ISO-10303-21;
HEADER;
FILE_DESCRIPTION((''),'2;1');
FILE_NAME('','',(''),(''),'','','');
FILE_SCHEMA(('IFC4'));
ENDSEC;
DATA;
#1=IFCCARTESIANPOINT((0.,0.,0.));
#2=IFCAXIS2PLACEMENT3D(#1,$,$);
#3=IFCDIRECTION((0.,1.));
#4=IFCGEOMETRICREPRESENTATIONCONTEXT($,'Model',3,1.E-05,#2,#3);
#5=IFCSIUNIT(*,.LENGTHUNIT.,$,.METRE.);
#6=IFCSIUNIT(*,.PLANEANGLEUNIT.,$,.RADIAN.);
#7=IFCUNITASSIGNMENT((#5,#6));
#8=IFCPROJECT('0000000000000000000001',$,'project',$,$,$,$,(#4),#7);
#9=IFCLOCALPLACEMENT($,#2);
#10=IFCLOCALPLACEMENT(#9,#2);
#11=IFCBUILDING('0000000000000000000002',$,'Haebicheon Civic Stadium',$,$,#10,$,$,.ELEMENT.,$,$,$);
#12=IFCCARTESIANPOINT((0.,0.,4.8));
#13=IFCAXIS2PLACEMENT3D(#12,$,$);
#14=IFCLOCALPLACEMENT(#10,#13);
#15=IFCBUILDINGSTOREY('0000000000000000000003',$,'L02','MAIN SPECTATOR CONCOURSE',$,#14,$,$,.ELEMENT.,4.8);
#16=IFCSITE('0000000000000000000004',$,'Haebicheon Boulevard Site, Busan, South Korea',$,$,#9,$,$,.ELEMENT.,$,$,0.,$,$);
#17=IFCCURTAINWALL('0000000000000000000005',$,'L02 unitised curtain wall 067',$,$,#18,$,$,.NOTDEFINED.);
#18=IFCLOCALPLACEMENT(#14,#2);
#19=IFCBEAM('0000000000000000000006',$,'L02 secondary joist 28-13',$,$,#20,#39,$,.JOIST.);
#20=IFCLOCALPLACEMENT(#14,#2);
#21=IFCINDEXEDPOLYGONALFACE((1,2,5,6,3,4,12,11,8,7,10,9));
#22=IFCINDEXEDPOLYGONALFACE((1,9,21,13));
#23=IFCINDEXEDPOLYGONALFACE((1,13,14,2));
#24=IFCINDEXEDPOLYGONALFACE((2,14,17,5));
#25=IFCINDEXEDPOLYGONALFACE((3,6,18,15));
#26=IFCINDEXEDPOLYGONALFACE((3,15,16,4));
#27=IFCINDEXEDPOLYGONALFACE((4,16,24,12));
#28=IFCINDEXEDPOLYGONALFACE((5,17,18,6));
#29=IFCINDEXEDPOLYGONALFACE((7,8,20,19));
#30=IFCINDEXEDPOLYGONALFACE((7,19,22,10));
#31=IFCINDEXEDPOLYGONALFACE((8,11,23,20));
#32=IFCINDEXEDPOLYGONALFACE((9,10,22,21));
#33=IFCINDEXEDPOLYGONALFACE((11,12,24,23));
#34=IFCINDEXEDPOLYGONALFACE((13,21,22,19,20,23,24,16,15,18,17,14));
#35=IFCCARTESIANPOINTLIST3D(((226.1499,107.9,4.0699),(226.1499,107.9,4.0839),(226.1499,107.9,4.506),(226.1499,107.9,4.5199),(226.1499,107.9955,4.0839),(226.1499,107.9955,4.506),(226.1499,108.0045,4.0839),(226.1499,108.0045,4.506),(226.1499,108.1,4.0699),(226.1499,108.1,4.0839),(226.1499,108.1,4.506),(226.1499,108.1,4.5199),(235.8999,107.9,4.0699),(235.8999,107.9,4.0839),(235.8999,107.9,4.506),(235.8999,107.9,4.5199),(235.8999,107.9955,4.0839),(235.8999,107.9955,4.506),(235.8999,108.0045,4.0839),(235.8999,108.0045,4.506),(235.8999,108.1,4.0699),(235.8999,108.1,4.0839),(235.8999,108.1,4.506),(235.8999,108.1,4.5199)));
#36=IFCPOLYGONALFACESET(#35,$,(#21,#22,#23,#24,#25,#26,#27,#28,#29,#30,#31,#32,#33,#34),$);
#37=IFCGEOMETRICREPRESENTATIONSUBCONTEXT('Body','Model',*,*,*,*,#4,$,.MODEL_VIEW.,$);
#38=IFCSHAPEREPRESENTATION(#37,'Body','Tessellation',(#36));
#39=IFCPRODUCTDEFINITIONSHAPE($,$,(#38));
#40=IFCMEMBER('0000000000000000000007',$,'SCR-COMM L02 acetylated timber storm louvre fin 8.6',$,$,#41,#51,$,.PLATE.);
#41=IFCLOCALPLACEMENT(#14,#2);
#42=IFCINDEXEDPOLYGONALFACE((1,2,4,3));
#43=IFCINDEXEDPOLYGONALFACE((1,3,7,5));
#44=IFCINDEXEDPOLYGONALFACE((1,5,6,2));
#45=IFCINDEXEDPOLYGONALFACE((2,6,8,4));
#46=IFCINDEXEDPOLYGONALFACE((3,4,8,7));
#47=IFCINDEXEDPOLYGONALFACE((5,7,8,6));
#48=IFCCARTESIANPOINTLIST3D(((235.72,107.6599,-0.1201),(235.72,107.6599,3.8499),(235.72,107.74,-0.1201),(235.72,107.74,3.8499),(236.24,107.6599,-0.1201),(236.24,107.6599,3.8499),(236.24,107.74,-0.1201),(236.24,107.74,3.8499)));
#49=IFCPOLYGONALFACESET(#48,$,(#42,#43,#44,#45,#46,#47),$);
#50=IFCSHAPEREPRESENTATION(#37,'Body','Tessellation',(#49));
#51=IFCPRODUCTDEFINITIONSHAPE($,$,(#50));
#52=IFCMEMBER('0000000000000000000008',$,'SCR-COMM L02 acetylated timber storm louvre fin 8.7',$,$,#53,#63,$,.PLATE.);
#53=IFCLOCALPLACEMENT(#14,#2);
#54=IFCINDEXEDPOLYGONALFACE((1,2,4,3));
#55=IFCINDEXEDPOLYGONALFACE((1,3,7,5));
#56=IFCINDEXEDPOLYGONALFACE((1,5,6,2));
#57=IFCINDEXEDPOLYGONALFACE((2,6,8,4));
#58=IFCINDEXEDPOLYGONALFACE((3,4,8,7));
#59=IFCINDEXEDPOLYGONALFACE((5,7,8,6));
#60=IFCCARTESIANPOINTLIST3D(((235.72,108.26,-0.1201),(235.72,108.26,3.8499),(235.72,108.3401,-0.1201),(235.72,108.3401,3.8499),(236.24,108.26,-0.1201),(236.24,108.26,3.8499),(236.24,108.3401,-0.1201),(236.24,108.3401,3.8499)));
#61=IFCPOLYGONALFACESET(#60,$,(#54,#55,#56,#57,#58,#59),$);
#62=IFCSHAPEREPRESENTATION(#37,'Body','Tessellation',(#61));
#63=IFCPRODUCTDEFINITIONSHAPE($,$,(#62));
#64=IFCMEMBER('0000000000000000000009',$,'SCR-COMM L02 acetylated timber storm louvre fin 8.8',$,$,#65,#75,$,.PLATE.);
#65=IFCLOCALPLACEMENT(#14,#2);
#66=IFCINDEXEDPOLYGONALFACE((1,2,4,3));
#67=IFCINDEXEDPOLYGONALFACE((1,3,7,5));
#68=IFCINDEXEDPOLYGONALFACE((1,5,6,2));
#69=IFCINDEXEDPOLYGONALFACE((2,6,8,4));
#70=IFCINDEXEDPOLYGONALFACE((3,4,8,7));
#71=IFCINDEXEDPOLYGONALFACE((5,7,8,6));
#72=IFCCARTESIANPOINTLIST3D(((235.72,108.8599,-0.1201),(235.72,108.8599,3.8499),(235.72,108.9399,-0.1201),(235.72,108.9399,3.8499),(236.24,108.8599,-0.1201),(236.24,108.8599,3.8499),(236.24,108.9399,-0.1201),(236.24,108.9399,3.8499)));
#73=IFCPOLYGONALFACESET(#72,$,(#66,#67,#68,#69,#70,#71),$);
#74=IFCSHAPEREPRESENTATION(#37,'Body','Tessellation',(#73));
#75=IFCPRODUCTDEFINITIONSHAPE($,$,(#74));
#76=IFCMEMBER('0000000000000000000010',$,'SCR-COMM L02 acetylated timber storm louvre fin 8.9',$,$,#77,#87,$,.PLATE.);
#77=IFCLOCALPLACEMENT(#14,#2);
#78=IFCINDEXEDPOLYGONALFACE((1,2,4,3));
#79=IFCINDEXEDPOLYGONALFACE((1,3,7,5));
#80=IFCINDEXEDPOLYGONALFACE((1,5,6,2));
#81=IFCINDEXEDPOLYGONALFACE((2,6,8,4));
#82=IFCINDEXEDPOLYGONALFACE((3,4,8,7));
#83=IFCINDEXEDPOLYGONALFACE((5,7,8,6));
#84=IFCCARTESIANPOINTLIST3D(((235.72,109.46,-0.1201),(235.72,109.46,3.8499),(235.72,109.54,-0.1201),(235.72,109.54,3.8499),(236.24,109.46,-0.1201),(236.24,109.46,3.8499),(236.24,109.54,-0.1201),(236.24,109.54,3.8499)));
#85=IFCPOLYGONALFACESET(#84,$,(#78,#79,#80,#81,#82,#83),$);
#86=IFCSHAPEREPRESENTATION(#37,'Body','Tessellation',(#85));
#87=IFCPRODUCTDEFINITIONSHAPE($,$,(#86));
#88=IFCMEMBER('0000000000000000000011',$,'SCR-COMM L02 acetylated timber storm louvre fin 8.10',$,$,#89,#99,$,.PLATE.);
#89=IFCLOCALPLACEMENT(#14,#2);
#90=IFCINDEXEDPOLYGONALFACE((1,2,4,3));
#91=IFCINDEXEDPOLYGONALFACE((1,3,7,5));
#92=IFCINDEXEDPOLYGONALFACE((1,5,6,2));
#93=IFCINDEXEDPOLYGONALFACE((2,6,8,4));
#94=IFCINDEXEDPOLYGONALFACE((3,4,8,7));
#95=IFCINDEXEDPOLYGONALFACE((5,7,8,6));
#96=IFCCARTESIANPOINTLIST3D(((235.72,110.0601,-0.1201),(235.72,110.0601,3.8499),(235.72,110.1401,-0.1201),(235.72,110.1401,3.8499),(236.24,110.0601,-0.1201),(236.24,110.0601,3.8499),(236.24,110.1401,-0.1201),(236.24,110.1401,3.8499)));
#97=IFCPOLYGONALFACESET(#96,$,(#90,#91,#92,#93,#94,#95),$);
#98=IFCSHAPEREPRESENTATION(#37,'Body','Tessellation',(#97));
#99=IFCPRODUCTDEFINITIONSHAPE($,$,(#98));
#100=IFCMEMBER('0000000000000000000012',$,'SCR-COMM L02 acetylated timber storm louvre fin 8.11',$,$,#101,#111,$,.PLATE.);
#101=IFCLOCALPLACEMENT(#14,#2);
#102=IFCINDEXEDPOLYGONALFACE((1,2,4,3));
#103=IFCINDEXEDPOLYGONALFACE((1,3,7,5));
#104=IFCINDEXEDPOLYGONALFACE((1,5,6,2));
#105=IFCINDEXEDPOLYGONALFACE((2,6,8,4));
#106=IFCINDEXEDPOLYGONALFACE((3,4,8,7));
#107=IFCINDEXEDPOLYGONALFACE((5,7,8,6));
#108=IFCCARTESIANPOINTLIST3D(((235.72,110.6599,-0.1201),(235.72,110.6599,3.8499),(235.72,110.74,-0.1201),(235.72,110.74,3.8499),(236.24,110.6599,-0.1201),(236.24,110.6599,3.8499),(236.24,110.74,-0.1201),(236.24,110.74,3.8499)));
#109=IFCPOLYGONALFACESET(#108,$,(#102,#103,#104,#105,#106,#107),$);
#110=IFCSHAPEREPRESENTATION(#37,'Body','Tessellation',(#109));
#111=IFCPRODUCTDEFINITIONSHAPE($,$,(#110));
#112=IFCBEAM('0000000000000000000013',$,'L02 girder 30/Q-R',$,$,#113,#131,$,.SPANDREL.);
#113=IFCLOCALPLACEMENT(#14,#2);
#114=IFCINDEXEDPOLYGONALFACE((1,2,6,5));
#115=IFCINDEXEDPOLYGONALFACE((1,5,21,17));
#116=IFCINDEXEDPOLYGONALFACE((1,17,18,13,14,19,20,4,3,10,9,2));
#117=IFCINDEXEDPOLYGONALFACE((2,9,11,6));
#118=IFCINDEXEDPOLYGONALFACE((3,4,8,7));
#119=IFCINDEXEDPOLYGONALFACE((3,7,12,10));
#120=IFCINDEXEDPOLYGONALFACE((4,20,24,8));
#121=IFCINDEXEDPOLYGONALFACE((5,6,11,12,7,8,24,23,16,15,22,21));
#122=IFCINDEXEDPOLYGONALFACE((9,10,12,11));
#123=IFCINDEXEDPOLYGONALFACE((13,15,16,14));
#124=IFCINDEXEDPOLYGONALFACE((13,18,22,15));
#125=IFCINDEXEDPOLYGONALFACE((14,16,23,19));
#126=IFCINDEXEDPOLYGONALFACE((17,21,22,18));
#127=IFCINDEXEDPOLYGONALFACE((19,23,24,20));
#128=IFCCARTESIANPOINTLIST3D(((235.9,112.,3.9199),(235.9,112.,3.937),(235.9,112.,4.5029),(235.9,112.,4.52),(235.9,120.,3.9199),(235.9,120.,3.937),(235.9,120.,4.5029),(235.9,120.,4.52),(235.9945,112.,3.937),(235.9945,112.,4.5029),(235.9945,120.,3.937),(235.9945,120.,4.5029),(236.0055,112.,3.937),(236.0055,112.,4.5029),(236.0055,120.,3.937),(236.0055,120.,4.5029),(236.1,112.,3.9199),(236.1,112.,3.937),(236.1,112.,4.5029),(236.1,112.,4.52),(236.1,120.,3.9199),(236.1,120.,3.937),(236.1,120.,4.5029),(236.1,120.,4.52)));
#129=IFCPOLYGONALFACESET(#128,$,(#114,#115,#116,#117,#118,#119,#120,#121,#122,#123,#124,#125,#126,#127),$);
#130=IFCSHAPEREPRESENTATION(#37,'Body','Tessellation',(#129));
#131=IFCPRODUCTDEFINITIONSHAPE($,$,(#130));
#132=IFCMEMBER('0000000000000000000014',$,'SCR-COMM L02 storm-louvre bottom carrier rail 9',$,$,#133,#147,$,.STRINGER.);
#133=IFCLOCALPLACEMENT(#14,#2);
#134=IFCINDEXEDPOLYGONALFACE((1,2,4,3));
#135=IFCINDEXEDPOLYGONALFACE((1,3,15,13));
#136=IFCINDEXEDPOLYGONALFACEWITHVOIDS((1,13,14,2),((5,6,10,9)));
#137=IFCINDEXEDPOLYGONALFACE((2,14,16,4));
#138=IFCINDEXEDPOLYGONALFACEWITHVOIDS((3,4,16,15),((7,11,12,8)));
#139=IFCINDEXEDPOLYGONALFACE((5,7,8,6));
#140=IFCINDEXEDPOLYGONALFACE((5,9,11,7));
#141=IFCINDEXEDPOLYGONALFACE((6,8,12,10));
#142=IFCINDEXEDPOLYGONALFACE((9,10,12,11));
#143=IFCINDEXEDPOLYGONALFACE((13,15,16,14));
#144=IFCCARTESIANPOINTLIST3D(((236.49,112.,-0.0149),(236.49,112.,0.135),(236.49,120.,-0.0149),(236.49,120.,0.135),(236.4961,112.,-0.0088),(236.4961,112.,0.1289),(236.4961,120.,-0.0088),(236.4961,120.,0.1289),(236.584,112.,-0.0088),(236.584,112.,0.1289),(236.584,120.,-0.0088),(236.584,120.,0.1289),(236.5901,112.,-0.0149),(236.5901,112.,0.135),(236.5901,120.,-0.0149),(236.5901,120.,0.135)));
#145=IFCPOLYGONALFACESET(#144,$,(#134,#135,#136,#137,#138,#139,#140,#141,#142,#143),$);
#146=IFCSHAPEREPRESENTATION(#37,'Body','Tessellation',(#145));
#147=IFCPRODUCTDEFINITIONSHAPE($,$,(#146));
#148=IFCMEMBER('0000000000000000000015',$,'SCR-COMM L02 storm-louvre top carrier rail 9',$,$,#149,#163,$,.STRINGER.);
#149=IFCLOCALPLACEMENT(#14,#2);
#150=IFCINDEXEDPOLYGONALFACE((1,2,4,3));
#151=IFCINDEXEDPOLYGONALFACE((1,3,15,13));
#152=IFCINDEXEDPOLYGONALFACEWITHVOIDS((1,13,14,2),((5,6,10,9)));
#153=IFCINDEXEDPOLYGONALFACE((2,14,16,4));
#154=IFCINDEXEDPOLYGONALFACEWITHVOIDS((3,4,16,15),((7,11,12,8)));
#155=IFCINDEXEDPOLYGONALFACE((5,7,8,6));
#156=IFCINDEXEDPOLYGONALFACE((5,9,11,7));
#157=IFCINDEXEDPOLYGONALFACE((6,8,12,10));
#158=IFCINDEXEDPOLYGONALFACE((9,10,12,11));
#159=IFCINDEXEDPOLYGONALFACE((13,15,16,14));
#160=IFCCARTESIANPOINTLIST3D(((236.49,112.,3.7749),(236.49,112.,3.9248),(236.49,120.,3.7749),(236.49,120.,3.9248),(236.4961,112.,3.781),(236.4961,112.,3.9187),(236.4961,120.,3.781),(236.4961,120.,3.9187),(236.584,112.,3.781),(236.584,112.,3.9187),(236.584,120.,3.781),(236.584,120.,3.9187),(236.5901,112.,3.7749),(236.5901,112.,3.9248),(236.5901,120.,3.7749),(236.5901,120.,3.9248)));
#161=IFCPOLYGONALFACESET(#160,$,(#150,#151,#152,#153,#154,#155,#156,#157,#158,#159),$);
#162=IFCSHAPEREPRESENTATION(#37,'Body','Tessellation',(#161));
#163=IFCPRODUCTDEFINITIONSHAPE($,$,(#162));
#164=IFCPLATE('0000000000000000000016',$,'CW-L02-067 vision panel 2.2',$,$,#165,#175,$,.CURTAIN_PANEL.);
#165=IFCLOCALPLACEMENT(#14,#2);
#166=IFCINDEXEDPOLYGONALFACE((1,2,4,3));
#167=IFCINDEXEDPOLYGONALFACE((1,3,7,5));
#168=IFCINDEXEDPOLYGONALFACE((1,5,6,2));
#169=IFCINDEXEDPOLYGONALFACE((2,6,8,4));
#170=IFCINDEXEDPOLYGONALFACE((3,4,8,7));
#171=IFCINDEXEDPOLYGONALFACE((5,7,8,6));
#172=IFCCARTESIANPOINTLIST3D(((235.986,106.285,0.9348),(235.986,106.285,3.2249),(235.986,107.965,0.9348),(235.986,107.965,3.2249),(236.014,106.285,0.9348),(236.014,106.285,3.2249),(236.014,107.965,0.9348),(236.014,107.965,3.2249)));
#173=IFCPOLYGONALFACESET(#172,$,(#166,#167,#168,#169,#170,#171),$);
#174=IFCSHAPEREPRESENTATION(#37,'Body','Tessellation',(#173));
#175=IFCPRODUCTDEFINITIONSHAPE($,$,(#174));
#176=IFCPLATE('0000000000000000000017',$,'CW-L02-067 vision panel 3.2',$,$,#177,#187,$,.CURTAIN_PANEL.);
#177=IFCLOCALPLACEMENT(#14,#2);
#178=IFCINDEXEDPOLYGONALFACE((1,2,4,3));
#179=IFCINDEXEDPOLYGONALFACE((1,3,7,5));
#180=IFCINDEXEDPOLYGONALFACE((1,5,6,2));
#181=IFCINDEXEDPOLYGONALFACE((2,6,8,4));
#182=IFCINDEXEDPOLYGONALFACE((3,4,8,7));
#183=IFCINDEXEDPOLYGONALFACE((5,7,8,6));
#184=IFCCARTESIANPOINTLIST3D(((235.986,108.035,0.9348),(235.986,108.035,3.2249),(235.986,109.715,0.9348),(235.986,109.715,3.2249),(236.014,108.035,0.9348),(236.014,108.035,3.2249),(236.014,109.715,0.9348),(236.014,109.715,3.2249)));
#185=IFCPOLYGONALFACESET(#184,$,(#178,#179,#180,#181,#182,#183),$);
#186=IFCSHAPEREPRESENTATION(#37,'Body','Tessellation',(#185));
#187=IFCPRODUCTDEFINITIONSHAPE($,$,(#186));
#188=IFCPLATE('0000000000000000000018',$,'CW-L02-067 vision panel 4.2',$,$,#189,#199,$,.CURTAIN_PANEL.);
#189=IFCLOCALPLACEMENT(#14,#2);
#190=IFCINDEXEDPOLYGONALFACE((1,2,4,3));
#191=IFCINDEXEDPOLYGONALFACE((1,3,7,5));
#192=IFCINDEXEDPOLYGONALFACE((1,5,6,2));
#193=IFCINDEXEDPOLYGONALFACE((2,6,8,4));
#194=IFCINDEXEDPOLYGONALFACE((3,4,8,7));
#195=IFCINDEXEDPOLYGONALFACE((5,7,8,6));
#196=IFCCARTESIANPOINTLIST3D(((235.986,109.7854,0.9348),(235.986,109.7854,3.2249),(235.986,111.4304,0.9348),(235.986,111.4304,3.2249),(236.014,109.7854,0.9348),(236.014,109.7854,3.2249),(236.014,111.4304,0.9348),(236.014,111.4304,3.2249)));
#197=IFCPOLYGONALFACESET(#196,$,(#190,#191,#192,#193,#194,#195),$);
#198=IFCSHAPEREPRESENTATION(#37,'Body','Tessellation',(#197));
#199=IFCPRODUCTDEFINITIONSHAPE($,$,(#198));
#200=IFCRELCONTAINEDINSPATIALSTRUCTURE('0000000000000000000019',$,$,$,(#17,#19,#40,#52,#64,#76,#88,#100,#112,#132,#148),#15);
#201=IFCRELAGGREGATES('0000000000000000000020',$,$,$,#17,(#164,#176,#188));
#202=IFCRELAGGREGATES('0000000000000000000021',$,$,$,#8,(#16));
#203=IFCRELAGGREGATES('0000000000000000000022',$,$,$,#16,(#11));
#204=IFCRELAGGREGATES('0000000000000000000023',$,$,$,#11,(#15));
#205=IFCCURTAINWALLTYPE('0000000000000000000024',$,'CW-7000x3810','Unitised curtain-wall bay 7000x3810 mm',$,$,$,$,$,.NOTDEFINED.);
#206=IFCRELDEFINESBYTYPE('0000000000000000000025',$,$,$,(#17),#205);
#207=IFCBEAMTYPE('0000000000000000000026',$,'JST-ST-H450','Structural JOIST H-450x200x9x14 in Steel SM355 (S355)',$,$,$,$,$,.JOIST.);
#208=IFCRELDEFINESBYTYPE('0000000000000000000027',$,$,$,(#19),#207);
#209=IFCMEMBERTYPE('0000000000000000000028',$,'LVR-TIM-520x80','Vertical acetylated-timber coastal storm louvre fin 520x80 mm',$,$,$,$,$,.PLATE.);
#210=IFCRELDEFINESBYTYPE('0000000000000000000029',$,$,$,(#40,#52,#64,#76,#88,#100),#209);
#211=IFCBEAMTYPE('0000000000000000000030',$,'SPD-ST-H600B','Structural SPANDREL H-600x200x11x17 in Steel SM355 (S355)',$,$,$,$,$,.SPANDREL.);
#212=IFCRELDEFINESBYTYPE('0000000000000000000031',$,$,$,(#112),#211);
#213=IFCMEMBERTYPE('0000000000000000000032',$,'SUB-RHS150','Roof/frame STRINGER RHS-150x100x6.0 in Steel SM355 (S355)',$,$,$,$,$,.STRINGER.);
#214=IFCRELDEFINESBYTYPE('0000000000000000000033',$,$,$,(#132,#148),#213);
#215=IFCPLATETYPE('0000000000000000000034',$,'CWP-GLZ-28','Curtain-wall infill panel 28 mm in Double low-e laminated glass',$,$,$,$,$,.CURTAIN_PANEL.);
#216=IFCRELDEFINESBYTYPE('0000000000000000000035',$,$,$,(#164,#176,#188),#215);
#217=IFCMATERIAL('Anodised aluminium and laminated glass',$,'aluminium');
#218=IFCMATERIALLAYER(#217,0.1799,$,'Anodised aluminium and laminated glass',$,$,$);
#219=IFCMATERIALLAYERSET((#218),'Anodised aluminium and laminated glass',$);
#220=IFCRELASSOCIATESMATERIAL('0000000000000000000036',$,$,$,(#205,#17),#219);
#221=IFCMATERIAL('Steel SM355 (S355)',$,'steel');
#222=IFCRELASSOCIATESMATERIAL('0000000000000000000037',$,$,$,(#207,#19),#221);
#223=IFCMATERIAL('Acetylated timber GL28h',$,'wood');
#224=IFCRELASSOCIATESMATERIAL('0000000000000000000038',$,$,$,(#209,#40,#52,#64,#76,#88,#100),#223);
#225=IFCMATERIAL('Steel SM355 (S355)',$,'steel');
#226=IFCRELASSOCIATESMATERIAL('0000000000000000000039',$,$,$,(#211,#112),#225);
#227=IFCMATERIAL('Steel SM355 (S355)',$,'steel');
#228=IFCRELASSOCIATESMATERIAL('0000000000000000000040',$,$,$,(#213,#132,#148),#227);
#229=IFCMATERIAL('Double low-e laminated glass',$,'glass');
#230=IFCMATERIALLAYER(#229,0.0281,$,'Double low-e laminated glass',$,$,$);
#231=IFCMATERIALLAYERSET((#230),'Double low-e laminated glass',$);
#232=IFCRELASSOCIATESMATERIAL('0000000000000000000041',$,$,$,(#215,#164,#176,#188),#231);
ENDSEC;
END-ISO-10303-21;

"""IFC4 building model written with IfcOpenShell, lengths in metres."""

from ifc_helpers import new_model, si_unit, direction, frame, origin, origin_2d, place, context, subcontext, project, spatial, rectangle, hollow_rectangle, i_section, extrude, material, layer, layer_set, material_profile, profile_set, type_object, element, aggregate, save


model = new_model("IFC4")

# Units and contexts
model_context = context("Model", 3, precision=1e-05, world=origin(), true_north=direction((0.0, 1.0)))
body_context = subcontext(model_context, "Body", "Model", "MODEL_VIEW")
ifc_project = project(units=[si_unit("LENGTHUNIT", "METRE"), si_unit("PLANEANGLEUNIT", "RADIAN")], contexts=[model_context])

# Site, building, storey
site_placement = place(None, origin())
site = spatial("IfcSite", under=ifc_project, at=site_placement, Name="Haebicheon Boulevard Site, Busan, South Korea", CompositionType="ELEMENT", RefElevation=0.0)
building_placement = place(site_placement, origin())
building = spatial("IfcBuilding", under=site, at=building_placement, Name="Haebicheon Civic Stadium", CompositionType="ELEMENT")
storey_placement = place(building_placement, frame((0.0, 0.0, 4.8)))
storey = spatial("IfcBuildingStorey", under=building, at=storey_placement, Name="L02", Description="MAIN SPECTATOR CONCOURSE", CompositionType="ELEMENT", Elevation=4.8)

# Curtain wall
ifc_material_1 = material(Name="Anodised aluminium and laminated glass", Category="aluminium")
ifc_layer_1 = layer(ifc_material_1, 0.1799, Name="Anodised aluminium and laminated glass")
ifc_layer_set_1 = layer_set([ifc_layer_1], Name="Anodised aluminium and laminated glass")
curtain_wall_type = type_object("IfcCurtainWallType", Name="CW-7000x3810", Description="Unitised curtain-wall bay 7000x3810 mm", PredefinedType="NOTDEFINED", material=ifc_layer_set_1)
curtain_wall_placement = place(storey_placement, origin())
curtain_wall = element("IfcCurtainWall", 1, at=curtain_wall_placement, inside=storey, type_object=curtain_wall_type, material=ifc_layer_set_1, Name="L02 unitised curtain wall 067", PredefinedType="NOTDEFINED")

# Beam
ifc_material_2 = material(Name="Steel SM355 (S355)", Category="steel")
ifc_material_profile_1 = material_profile(ifc_material_2, i_section(OverallWidth=0.2, OverallDepth=0.45, WebThickness=0.009, FlangeThickness=0.0139, at=origin_2d()), Name="H-450x200x9x14")
ifc_profile_set_1 = profile_set([ifc_material_profile_1], Name="Steel SM355 (S355)")
beam_type_1 = type_object("IfcBeamType", Name="JST-ST-H450", Description="Structural JOIST H-450x200x9x14 in Steel SM355 (S355)", PredefinedType="JOIST", material=ifc_profile_set_1)
beam_1_placement = place(storey_placement, frame((226.1499, 108.0, 4.2949), z_axis=(1.0, 0.0, 0.0), x_axis=(0.0, 1.0, 0.0)))
element("IfcBeam", 2, at=beam_1_placement, inside=storey, type_object=beam_type_1, material=ifc_profile_set_1, Name="L02 secondary joist 28-13", PredefinedType="JOIST", context=body_context, shape_type="SweptSolid", body=[
    extrude(i_section(OverallWidth=0.2, OverallDepth=0.45, WebThickness=0.009, FlangeThickness=0.0139, at=origin_2d()), origin(), (0.0, 0.0, 1.0), 9.75),
])

# Members
ifc_material_3 = material(Name="Acetylated timber GL28h", Category="wood")
ifc_material_profile_2 = material_profile(ifc_material_3, rectangle(XDim=0.0801, YDim=0.52, at=origin_2d()), Name="TMB-LOUV-80x520")
ifc_profile_set_2 = profile_set([ifc_material_profile_2], Name="Acetylated timber GL28h")
member_type_1 = type_object("IfcMemberType", Name="LVR-TIM-520x80", Description="Vertical acetylated-timber coastal storm louvre fin 520x80 mm", PredefinedType="PLATE", material=ifc_profile_set_2)
for number, where, z_axis, x_axis, name in (
    (3, (235.98, 107.7, -0.1201), (0.0, 0.0, 1.0), (0.0, 1.0, 0.0), "SCR-COMM L02 acetylated timber storm louvre fin 8.6"),
    (4, (235.98, 108.3, -0.1201), (0.0, 0.0, 1.0), (0.0, 1.0, 0.0), "SCR-COMM L02 acetylated timber storm louvre fin 8.7"),
    (5, (235.98, 108.8999, -0.1201), (0.0, 0.0, 1.0), (0.0, 1.0, 0.0), "SCR-COMM L02 acetylated timber storm louvre fin 8.8"),
    (6, (235.98, 109.5, -0.1201), (0.0, 0.0, 1.0), (0.0, 1.0, 0.0), "SCR-COMM L02 acetylated timber storm louvre fin 8.9"),
    (7, (235.98, 110.1001, -0.1201), (0.0, 0.0, 1.0), (0.0, 1.0, 0.0), "SCR-COMM L02 acetylated timber storm louvre fin 8.10"),
    (8, (235.98, 110.7, -0.1201), (0.0, 0.0, 1.0), (0.0, 1.0, 0.0), "SCR-COMM L02 acetylated timber storm louvre fin 8.11"),
):
    element("IfcMember", number, at=place(storey_placement, frame(where, z_axis=z_axis, x_axis=x_axis)), inside=storey, type_object=member_type_1, material=ifc_profile_set_2, Name=name, PredefinedType="PLATE", context=body_context, shape_type="SweptSolid", body=[
        extrude(rectangle(XDim=0.0801, YDim=0.52, at=origin_2d()), origin(), (0.0, 0.0, 1.0), 3.97),
    ])

# Beam
ifc_material_4 = material(Name="Steel SM355 (S355)", Category="steel")
ifc_material_profile_3 = material_profile(ifc_material_4, i_section(OverallWidth=0.2, OverallDepth=0.6001, WebThickness=0.011, FlangeThickness=0.0171, at=origin_2d()), Name="H-600x200x11x17")
ifc_profile_set_3 = profile_set([ifc_material_profile_3], Name="Steel SM355 (S355)")
beam_type_2 = type_object("IfcBeamType", Name="SPD-ST-H600B", Description="Structural SPANDREL H-600x200x11x17 in Steel SM355 (S355)", PredefinedType="SPANDREL", material=ifc_profile_set_3)
beam_2_placement = place(storey_placement, frame((236.0, 112.0, 4.22), z_axis=(0.0, 1.0, 0.0), x_axis=(-1.0, 0.0, 0.0)))
element("IfcBeam", 9, at=beam_2_placement, inside=storey, type_object=beam_type_2, material=ifc_profile_set_3, Name="L02 girder 30/Q-R", PredefinedType="SPANDREL", context=body_context, shape_type="SweptSolid", body=[
    extrude(i_section(OverallWidth=0.2, OverallDepth=0.6001, WebThickness=0.011, FlangeThickness=0.0171, at=origin_2d()), origin(), (0.0, 0.0, 1.0), 8.0),
])

# Members
ifc_material_5 = material(Name="Steel SM355 (S355)", Category="steel")
ifc_material_profile_4 = material_profile(ifc_material_5, hollow_rectangle(XDim=0.1001, YDim=0.1499, WallThickness=0.0061, at=origin_2d()), Name="RHS-150x100x6.0")
ifc_profile_set_4 = profile_set([ifc_material_profile_4], Name="Steel SM355 (S355)")
member_type_2 = type_object("IfcMemberType", Name="SUB-RHS150", Description="Roof/frame STRINGER RHS-150x100x6.0 in Steel SM355 (S355)", PredefinedType="STRINGER", material=ifc_profile_set_4)
for number, where, z_axis, x_axis, name in (
    (10, (236.54, 112.0, 0.0601), (0.0, 1.0, 0.0), (-1.0, 0.0, 0.0), "SCR-COMM L02 storm-louvre bottom carrier rail 9"),
    (11, (236.54, 112.0, 3.8499), (0.0, 1.0, 0.0), (-1.0, 0.0, 0.0), "SCR-COMM L02 storm-louvre top carrier rail 9"),
):
    element("IfcMember", number, at=place(storey_placement, frame(where, z_axis=z_axis, x_axis=x_axis)), inside=storey, type_object=member_type_2, material=ifc_profile_set_4, Name=name, PredefinedType="STRINGER", context=body_context, shape_type="SweptSolid", body=[
        extrude(hollow_rectangle(XDim=0.1001, YDim=0.1499, WallThickness=0.0061, at=origin_2d()), origin(), (0.0, 0.0, 1.0), 8.0),
    ])

# Plates
ifc_material_6 = material(Name="Double low-e laminated glass", Category="glass")
ifc_layer_2 = layer(ifc_material_6, 0.0281, Name="Double low-e laminated glass")
ifc_layer_set_2 = layer_set([ifc_layer_2], Name="Double low-e laminated glass")
plate_type_1 = type_object("IfcPlateType", Name="CWP-GLZ-28", Description="Curtain-wall infill panel 28 mm in Double low-e laminated glass", PredefinedType="CURTAIN_PANEL", material=ifc_layer_set_2)
plate_1_placement = place(storey_placement, frame((236.0, 107.125, 0.9348), z_axis=(0.0, 0.0, 1.0), x_axis=(0.0, 1.0, 0.0)))
plate_1 = element("IfcPlate", 12, at=plate_1_placement, type_object=plate_type_1, material=ifc_layer_set_2, Name="CW-L02-067 vision panel 2.2", PredefinedType="CURTAIN_PANEL", context=body_context, shape_type="SweptSolid", body=[
    extrude(rectangle(XDim=1.6799, YDim=0.0281, at=origin_2d()), origin(), (0.0, 0.0, 1.0), 2.29),
])
plate_2_placement = place(storey_placement, frame((236.0, 108.875, 0.9348), z_axis=(0.0, 0.0, 1.0), x_axis=(0.0, 1.0, 0.0)))
plate_2 = element("IfcPlate", 13, at=plate_2_placement, type_object=plate_type_1, material=ifc_layer_set_2, Name="CW-L02-067 vision panel 3.2", PredefinedType="CURTAIN_PANEL", context=body_context, shape_type="SweptSolid", body=[
    extrude(rectangle(XDim=1.6799, YDim=0.0281, at=origin_2d()), origin(), (0.0, 0.0, 1.0), 2.29),
])
plate_3_placement = place(storey_placement, frame((236.0, 110.6079, 0.9348), z_axis=(0.0, 0.0, 1.0), x_axis=(0.0, 1.0, 0.0)))
plate_3 = element("IfcPlate", 14, at=plate_3_placement, type_object=plate_type_1, material=ifc_layer_set_2, Name="CW-L02-067 vision panel 4.2", PredefinedType="CURTAIN_PANEL", context=body_context, shape_type="SweptSolid", body=[
    extrude(rectangle(XDim=1.645, YDim=0.0281, at=origin_2d()), origin(), (0.0, 0.0, 1.0), 2.29),
])
aggregate(curtain_wall, [plate_1, plate_2, plate_3])

save(model, "model.ifc")
